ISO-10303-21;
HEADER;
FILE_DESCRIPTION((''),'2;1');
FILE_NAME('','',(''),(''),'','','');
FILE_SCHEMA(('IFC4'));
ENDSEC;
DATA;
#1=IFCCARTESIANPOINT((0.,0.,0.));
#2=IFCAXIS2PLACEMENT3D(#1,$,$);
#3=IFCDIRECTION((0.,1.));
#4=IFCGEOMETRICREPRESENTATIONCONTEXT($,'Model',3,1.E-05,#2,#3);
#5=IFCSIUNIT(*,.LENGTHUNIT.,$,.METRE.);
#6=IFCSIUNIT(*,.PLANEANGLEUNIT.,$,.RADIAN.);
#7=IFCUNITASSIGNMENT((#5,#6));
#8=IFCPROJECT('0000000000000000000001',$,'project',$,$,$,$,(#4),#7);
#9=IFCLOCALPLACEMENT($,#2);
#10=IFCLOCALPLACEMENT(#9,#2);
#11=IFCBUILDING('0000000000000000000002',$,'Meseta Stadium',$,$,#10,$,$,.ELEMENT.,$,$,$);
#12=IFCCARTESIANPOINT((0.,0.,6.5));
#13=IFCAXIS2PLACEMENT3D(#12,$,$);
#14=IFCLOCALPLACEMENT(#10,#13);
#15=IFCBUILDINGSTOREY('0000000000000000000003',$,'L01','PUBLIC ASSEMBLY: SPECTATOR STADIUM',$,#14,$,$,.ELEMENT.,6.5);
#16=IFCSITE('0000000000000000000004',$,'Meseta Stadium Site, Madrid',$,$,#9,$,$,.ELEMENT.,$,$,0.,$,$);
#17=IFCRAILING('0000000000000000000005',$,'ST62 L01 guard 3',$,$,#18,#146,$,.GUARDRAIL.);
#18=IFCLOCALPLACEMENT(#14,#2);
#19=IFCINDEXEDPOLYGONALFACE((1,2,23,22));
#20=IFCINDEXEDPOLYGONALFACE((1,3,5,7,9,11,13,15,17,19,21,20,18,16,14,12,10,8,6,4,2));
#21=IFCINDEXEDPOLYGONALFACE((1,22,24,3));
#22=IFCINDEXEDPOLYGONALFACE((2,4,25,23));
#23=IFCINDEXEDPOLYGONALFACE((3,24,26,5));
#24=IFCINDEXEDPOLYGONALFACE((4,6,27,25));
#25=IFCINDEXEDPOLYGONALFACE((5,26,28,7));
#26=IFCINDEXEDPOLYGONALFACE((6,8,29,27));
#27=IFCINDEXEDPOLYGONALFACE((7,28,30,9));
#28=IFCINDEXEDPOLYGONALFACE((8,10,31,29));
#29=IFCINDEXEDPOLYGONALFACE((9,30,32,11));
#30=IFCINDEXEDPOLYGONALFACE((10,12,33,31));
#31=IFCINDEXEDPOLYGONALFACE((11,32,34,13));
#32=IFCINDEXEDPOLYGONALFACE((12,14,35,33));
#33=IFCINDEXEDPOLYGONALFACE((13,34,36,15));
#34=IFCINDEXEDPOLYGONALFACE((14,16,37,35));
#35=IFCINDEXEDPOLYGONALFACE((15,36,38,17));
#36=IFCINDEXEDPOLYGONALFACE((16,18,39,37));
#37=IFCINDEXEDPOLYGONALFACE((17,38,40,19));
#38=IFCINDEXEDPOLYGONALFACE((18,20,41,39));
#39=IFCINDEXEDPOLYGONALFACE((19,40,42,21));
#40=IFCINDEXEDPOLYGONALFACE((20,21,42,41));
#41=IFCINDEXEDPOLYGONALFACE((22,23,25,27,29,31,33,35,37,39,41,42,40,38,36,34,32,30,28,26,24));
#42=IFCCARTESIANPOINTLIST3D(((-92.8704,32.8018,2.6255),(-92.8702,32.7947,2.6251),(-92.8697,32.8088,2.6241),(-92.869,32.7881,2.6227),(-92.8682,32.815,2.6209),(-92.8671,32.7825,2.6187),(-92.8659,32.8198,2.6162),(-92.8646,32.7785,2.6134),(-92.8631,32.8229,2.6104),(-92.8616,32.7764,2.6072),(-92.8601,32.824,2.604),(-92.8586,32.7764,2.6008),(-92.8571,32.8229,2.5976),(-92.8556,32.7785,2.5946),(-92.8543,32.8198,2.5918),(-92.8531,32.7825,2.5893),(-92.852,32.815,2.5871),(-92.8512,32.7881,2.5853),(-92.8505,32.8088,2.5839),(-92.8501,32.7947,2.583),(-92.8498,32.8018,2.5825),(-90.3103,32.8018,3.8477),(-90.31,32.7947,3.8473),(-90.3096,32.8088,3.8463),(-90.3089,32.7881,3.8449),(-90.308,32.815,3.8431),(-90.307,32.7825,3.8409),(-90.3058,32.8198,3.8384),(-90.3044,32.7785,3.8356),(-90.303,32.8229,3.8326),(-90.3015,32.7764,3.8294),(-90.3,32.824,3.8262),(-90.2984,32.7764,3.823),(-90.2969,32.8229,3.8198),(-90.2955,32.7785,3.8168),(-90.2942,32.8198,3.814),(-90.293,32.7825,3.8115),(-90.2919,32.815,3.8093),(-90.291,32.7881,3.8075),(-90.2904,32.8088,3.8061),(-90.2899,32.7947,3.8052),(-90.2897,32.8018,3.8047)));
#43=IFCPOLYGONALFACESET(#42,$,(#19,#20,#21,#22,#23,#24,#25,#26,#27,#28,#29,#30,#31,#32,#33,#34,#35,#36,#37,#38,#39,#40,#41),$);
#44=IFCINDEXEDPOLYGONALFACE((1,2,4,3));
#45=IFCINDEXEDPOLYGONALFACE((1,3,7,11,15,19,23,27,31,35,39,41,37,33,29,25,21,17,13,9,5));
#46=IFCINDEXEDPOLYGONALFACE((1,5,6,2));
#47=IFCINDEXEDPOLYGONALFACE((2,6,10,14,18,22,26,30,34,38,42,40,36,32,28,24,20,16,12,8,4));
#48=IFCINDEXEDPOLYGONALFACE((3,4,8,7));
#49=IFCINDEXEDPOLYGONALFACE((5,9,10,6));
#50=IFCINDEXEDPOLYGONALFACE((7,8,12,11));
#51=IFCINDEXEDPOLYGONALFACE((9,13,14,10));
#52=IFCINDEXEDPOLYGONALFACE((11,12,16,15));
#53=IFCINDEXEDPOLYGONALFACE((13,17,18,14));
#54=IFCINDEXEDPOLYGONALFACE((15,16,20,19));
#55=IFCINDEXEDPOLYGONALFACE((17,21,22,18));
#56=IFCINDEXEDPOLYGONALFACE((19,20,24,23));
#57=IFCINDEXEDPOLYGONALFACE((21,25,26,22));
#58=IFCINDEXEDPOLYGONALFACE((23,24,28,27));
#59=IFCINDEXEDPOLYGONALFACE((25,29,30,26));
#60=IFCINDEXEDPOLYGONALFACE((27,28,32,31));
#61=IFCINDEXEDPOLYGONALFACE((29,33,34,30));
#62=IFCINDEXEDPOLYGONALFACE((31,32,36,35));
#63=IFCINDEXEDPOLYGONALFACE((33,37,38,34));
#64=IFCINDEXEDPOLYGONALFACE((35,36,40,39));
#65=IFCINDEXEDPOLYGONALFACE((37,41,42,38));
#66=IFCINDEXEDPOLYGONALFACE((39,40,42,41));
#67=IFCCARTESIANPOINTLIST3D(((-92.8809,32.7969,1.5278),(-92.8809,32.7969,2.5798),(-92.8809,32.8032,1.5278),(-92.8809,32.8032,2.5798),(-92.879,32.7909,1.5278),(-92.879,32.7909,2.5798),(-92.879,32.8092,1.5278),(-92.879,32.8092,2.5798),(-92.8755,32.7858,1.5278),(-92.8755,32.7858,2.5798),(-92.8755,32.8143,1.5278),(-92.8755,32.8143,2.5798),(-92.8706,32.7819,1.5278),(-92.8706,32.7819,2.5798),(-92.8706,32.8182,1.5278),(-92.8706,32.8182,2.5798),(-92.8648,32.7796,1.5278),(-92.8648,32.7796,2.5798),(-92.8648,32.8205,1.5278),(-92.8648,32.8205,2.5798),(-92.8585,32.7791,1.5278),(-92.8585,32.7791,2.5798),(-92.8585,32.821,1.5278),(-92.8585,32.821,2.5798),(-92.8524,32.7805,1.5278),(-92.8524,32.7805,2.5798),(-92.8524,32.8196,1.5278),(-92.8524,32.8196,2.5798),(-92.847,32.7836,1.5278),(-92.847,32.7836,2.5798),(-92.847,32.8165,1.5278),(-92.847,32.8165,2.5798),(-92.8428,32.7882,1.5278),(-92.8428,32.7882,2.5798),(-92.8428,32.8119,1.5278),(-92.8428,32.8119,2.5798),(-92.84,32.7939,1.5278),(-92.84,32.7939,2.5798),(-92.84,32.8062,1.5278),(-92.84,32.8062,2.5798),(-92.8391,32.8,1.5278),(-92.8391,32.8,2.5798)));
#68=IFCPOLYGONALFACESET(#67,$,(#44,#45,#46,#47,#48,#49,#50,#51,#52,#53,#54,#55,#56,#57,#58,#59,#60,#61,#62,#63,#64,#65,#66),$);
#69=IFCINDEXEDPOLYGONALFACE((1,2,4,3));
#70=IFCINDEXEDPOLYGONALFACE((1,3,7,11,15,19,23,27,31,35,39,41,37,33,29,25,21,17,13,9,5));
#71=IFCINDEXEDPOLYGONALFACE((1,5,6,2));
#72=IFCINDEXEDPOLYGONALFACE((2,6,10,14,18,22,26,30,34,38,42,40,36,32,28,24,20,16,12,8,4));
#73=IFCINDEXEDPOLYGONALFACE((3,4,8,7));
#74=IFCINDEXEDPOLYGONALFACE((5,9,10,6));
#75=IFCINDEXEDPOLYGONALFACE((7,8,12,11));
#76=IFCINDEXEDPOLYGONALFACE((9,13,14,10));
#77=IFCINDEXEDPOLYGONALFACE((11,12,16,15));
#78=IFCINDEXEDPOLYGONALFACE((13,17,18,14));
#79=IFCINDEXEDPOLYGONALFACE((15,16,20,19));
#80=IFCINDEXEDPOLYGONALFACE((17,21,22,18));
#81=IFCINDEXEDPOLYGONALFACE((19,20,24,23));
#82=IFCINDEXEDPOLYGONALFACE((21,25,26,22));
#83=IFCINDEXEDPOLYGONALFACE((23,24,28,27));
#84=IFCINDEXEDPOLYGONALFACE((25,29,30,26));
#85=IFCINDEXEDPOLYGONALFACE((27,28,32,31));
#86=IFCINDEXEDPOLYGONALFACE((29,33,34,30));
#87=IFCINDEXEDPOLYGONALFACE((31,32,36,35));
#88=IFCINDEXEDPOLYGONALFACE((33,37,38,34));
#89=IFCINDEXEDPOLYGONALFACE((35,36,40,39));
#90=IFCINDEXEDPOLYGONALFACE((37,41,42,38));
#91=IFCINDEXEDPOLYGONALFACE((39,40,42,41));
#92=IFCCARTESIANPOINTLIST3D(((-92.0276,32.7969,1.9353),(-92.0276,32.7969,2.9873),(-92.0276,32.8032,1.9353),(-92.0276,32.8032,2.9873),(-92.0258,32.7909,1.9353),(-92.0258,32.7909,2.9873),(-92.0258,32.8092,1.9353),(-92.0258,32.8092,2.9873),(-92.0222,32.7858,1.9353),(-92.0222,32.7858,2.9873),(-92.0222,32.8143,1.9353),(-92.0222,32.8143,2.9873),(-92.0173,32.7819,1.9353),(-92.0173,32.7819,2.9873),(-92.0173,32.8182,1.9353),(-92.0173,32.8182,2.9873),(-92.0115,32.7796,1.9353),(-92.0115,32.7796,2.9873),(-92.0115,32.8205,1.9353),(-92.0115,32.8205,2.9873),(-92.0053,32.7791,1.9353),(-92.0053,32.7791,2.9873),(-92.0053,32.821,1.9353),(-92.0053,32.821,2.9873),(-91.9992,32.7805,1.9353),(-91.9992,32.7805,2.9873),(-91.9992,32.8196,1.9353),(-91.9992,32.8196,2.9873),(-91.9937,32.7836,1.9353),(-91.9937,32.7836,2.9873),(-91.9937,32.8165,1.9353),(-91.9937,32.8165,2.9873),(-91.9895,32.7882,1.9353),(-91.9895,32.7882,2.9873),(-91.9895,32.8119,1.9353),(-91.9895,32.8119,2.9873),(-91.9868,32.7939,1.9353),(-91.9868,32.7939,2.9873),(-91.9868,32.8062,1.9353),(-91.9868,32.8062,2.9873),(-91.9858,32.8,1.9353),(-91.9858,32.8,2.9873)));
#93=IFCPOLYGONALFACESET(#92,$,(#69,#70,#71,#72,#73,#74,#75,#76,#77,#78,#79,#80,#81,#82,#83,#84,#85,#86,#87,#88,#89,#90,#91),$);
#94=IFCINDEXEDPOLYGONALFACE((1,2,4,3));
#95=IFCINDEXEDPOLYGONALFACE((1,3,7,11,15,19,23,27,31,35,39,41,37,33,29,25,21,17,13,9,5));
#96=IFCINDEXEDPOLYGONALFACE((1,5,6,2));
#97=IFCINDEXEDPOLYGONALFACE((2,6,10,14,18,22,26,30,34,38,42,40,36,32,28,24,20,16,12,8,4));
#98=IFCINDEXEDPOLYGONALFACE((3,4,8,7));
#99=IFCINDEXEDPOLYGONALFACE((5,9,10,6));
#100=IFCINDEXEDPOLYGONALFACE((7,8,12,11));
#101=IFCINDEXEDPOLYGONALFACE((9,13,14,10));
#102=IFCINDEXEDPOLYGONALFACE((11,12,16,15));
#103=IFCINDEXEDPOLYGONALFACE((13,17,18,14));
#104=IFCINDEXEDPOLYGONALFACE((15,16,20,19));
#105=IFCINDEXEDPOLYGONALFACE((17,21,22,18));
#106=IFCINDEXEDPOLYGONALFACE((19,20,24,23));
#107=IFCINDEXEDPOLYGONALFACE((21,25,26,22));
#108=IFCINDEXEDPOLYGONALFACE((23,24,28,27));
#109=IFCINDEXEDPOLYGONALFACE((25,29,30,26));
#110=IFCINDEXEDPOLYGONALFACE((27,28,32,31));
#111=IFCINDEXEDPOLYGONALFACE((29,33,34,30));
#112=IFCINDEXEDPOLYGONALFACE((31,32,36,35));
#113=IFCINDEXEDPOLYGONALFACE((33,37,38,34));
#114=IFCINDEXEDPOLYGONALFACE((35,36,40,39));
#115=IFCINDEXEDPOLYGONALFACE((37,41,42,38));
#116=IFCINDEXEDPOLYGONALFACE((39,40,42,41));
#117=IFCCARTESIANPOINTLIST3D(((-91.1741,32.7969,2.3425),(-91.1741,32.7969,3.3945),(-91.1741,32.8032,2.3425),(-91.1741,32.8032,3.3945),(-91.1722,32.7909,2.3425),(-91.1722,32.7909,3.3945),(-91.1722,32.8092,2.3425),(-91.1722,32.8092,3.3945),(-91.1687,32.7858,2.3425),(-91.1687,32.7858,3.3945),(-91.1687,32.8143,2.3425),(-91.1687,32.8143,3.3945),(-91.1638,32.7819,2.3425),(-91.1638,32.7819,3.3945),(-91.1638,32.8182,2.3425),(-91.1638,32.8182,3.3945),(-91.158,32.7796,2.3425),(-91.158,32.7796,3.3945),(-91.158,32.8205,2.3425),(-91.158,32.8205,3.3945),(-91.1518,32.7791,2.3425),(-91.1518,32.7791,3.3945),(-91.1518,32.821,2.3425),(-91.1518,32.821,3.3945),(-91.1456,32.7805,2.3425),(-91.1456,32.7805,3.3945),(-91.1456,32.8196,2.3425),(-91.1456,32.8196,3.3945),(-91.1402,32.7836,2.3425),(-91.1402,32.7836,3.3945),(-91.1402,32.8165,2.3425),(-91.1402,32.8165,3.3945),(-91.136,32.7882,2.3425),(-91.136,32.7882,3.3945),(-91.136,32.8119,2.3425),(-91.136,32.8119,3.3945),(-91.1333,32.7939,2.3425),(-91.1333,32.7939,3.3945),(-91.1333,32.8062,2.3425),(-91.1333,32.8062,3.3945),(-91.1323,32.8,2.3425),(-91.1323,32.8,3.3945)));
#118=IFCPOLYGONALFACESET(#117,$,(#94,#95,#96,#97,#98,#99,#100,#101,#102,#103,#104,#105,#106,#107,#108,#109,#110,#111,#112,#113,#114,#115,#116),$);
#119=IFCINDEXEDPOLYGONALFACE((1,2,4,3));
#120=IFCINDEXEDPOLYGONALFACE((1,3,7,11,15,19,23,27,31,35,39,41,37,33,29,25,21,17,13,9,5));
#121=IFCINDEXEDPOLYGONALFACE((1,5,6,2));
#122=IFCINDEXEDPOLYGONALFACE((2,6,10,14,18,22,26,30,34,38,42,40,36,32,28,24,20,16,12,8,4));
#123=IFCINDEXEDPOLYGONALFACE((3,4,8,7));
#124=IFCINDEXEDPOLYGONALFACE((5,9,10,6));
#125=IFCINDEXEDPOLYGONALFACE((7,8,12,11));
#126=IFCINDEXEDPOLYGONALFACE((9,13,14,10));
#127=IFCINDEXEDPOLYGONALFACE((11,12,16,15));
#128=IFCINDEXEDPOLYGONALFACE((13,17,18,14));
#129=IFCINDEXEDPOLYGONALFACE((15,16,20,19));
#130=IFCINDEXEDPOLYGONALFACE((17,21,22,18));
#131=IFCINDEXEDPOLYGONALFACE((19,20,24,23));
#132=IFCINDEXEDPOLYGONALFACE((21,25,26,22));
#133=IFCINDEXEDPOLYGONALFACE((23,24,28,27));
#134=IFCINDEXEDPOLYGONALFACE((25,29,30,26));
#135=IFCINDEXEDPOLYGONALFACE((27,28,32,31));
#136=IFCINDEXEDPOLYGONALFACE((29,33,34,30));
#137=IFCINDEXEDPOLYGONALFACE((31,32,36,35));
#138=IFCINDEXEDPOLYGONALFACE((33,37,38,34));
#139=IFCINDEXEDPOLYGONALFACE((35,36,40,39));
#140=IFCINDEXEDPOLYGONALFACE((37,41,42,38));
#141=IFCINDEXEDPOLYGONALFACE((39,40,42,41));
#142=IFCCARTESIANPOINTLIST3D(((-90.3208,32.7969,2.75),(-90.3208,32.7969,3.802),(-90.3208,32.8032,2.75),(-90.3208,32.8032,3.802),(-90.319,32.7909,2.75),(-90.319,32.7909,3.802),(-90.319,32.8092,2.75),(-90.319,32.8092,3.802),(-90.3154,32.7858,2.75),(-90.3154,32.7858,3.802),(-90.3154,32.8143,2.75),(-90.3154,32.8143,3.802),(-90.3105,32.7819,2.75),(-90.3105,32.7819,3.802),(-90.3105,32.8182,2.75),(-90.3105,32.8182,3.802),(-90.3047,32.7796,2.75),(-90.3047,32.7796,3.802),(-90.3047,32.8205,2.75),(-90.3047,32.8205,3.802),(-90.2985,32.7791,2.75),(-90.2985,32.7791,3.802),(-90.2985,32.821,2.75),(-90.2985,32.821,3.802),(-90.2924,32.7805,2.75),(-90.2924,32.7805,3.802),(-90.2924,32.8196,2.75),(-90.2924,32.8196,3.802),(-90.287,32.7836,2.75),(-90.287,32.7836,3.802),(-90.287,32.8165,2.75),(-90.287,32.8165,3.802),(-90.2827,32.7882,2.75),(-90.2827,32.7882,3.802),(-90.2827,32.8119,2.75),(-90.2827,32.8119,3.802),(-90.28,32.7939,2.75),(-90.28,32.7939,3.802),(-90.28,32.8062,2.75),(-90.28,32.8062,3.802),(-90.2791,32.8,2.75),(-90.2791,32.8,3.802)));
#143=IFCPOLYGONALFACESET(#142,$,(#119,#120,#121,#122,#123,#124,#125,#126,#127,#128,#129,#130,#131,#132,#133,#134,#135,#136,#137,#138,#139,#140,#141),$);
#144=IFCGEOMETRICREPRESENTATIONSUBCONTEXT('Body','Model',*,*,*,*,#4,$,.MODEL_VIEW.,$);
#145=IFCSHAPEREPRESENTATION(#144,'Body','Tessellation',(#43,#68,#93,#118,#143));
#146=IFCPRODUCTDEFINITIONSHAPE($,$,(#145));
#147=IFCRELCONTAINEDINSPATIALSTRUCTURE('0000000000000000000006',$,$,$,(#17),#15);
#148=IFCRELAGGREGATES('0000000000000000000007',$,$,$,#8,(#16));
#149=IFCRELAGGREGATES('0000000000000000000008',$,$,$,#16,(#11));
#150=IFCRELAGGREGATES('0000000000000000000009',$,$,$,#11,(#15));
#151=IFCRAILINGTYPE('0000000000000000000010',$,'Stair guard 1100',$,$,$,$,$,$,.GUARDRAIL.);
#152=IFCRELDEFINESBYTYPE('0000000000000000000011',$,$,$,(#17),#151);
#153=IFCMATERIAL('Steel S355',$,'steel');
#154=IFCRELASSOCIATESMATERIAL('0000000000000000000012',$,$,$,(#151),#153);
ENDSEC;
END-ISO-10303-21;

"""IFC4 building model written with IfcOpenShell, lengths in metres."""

from ifc_helpers import new_model, si_unit, direction, frame, origin, origin_2d, place, context, subcontext, project, spatial, circle, extrude, material, type_object, element, save


model = new_model("IFC4")

# Units and contexts
model_context = context("Model", 3, precision=1e-05, world=origin(), true_north=direction((0.0, 1.0)))
body_context = subcontext(model_context, "Body", "Model", "MODEL_VIEW")
ifc_project = project(units=[si_unit("LENGTHUNIT", "METRE"), si_unit("PLANEANGLEUNIT", "RADIAN")], contexts=[model_context])

# Site, building, storey
site_placement = place(None, origin())
site = spatial("IfcSite", under=ifc_project, at=site_placement, Name="Meseta Stadium Site, Madrid", CompositionType="ELEMENT", RefElevation=0.0)
building_placement = place(site_placement, origin())
building = spatial("IfcBuilding", under=site, at=building_placement, Name="Meseta Stadium", CompositionType="ELEMENT")
storey_placement = place(building_placement, frame((0.0, 0.0, 6.5)))
storey = spatial("IfcBuildingStorey", under=building, at=storey_placement, Name="L01", Description="PUBLIC ASSEMBLY: SPECTATOR STADIUM", CompositionType="ELEMENT", Elevation=6.5)

# Railing
ifc_material_1 = material(Name="Steel S355", Category="steel")
railing_type_1 = type_object("IfcRailingType", Name="Stair guard 1100", PredefinedType="GUARDRAIL", material=ifc_material_1)
railing_1_placement = place(storey_placement, frame((-92.8601, 32.8, 1.5278)))
element("IfcRailing", 1, at=railing_1_placement, inside=storey, type_object=railing_type_1, Name="ST62 L01 guard 3", PredefinedType="GUARDRAIL", context=body_context, shape_type="SweptSolid", body=[
    extrude(circle(Radius=0.0239, at=origin_2d()), frame((0.0, 0.0, 1.0762), z_axis=(0.902437, 0.0, 0.430822), x_axis=(0.0, 1.0, 0.0)), (0.0, 0.0, 1.0), 2.8369),
    extrude(circle(Radius=0.021, at=origin_2d()), origin(), (0.0, 0.0, 1.0), 1.052),
    extrude(circle(Radius=0.021, at=origin_2d()), frame((0.8533, 0.0, 0.4075)), (0.0, 0.0, 1.0), 1.052),
    extrude(circle(Radius=0.021, at=origin_2d()), frame((1.7068, 0.0, 0.8147)), (0.0, 0.0, 1.0), 1.052),
    extrude(circle(Radius=0.021, at=origin_2d()), frame((2.5601, 0.0, 1.2222)), (0.0, 0.0, 1.0), 1.052),
])

save(model, "model.ifc")
